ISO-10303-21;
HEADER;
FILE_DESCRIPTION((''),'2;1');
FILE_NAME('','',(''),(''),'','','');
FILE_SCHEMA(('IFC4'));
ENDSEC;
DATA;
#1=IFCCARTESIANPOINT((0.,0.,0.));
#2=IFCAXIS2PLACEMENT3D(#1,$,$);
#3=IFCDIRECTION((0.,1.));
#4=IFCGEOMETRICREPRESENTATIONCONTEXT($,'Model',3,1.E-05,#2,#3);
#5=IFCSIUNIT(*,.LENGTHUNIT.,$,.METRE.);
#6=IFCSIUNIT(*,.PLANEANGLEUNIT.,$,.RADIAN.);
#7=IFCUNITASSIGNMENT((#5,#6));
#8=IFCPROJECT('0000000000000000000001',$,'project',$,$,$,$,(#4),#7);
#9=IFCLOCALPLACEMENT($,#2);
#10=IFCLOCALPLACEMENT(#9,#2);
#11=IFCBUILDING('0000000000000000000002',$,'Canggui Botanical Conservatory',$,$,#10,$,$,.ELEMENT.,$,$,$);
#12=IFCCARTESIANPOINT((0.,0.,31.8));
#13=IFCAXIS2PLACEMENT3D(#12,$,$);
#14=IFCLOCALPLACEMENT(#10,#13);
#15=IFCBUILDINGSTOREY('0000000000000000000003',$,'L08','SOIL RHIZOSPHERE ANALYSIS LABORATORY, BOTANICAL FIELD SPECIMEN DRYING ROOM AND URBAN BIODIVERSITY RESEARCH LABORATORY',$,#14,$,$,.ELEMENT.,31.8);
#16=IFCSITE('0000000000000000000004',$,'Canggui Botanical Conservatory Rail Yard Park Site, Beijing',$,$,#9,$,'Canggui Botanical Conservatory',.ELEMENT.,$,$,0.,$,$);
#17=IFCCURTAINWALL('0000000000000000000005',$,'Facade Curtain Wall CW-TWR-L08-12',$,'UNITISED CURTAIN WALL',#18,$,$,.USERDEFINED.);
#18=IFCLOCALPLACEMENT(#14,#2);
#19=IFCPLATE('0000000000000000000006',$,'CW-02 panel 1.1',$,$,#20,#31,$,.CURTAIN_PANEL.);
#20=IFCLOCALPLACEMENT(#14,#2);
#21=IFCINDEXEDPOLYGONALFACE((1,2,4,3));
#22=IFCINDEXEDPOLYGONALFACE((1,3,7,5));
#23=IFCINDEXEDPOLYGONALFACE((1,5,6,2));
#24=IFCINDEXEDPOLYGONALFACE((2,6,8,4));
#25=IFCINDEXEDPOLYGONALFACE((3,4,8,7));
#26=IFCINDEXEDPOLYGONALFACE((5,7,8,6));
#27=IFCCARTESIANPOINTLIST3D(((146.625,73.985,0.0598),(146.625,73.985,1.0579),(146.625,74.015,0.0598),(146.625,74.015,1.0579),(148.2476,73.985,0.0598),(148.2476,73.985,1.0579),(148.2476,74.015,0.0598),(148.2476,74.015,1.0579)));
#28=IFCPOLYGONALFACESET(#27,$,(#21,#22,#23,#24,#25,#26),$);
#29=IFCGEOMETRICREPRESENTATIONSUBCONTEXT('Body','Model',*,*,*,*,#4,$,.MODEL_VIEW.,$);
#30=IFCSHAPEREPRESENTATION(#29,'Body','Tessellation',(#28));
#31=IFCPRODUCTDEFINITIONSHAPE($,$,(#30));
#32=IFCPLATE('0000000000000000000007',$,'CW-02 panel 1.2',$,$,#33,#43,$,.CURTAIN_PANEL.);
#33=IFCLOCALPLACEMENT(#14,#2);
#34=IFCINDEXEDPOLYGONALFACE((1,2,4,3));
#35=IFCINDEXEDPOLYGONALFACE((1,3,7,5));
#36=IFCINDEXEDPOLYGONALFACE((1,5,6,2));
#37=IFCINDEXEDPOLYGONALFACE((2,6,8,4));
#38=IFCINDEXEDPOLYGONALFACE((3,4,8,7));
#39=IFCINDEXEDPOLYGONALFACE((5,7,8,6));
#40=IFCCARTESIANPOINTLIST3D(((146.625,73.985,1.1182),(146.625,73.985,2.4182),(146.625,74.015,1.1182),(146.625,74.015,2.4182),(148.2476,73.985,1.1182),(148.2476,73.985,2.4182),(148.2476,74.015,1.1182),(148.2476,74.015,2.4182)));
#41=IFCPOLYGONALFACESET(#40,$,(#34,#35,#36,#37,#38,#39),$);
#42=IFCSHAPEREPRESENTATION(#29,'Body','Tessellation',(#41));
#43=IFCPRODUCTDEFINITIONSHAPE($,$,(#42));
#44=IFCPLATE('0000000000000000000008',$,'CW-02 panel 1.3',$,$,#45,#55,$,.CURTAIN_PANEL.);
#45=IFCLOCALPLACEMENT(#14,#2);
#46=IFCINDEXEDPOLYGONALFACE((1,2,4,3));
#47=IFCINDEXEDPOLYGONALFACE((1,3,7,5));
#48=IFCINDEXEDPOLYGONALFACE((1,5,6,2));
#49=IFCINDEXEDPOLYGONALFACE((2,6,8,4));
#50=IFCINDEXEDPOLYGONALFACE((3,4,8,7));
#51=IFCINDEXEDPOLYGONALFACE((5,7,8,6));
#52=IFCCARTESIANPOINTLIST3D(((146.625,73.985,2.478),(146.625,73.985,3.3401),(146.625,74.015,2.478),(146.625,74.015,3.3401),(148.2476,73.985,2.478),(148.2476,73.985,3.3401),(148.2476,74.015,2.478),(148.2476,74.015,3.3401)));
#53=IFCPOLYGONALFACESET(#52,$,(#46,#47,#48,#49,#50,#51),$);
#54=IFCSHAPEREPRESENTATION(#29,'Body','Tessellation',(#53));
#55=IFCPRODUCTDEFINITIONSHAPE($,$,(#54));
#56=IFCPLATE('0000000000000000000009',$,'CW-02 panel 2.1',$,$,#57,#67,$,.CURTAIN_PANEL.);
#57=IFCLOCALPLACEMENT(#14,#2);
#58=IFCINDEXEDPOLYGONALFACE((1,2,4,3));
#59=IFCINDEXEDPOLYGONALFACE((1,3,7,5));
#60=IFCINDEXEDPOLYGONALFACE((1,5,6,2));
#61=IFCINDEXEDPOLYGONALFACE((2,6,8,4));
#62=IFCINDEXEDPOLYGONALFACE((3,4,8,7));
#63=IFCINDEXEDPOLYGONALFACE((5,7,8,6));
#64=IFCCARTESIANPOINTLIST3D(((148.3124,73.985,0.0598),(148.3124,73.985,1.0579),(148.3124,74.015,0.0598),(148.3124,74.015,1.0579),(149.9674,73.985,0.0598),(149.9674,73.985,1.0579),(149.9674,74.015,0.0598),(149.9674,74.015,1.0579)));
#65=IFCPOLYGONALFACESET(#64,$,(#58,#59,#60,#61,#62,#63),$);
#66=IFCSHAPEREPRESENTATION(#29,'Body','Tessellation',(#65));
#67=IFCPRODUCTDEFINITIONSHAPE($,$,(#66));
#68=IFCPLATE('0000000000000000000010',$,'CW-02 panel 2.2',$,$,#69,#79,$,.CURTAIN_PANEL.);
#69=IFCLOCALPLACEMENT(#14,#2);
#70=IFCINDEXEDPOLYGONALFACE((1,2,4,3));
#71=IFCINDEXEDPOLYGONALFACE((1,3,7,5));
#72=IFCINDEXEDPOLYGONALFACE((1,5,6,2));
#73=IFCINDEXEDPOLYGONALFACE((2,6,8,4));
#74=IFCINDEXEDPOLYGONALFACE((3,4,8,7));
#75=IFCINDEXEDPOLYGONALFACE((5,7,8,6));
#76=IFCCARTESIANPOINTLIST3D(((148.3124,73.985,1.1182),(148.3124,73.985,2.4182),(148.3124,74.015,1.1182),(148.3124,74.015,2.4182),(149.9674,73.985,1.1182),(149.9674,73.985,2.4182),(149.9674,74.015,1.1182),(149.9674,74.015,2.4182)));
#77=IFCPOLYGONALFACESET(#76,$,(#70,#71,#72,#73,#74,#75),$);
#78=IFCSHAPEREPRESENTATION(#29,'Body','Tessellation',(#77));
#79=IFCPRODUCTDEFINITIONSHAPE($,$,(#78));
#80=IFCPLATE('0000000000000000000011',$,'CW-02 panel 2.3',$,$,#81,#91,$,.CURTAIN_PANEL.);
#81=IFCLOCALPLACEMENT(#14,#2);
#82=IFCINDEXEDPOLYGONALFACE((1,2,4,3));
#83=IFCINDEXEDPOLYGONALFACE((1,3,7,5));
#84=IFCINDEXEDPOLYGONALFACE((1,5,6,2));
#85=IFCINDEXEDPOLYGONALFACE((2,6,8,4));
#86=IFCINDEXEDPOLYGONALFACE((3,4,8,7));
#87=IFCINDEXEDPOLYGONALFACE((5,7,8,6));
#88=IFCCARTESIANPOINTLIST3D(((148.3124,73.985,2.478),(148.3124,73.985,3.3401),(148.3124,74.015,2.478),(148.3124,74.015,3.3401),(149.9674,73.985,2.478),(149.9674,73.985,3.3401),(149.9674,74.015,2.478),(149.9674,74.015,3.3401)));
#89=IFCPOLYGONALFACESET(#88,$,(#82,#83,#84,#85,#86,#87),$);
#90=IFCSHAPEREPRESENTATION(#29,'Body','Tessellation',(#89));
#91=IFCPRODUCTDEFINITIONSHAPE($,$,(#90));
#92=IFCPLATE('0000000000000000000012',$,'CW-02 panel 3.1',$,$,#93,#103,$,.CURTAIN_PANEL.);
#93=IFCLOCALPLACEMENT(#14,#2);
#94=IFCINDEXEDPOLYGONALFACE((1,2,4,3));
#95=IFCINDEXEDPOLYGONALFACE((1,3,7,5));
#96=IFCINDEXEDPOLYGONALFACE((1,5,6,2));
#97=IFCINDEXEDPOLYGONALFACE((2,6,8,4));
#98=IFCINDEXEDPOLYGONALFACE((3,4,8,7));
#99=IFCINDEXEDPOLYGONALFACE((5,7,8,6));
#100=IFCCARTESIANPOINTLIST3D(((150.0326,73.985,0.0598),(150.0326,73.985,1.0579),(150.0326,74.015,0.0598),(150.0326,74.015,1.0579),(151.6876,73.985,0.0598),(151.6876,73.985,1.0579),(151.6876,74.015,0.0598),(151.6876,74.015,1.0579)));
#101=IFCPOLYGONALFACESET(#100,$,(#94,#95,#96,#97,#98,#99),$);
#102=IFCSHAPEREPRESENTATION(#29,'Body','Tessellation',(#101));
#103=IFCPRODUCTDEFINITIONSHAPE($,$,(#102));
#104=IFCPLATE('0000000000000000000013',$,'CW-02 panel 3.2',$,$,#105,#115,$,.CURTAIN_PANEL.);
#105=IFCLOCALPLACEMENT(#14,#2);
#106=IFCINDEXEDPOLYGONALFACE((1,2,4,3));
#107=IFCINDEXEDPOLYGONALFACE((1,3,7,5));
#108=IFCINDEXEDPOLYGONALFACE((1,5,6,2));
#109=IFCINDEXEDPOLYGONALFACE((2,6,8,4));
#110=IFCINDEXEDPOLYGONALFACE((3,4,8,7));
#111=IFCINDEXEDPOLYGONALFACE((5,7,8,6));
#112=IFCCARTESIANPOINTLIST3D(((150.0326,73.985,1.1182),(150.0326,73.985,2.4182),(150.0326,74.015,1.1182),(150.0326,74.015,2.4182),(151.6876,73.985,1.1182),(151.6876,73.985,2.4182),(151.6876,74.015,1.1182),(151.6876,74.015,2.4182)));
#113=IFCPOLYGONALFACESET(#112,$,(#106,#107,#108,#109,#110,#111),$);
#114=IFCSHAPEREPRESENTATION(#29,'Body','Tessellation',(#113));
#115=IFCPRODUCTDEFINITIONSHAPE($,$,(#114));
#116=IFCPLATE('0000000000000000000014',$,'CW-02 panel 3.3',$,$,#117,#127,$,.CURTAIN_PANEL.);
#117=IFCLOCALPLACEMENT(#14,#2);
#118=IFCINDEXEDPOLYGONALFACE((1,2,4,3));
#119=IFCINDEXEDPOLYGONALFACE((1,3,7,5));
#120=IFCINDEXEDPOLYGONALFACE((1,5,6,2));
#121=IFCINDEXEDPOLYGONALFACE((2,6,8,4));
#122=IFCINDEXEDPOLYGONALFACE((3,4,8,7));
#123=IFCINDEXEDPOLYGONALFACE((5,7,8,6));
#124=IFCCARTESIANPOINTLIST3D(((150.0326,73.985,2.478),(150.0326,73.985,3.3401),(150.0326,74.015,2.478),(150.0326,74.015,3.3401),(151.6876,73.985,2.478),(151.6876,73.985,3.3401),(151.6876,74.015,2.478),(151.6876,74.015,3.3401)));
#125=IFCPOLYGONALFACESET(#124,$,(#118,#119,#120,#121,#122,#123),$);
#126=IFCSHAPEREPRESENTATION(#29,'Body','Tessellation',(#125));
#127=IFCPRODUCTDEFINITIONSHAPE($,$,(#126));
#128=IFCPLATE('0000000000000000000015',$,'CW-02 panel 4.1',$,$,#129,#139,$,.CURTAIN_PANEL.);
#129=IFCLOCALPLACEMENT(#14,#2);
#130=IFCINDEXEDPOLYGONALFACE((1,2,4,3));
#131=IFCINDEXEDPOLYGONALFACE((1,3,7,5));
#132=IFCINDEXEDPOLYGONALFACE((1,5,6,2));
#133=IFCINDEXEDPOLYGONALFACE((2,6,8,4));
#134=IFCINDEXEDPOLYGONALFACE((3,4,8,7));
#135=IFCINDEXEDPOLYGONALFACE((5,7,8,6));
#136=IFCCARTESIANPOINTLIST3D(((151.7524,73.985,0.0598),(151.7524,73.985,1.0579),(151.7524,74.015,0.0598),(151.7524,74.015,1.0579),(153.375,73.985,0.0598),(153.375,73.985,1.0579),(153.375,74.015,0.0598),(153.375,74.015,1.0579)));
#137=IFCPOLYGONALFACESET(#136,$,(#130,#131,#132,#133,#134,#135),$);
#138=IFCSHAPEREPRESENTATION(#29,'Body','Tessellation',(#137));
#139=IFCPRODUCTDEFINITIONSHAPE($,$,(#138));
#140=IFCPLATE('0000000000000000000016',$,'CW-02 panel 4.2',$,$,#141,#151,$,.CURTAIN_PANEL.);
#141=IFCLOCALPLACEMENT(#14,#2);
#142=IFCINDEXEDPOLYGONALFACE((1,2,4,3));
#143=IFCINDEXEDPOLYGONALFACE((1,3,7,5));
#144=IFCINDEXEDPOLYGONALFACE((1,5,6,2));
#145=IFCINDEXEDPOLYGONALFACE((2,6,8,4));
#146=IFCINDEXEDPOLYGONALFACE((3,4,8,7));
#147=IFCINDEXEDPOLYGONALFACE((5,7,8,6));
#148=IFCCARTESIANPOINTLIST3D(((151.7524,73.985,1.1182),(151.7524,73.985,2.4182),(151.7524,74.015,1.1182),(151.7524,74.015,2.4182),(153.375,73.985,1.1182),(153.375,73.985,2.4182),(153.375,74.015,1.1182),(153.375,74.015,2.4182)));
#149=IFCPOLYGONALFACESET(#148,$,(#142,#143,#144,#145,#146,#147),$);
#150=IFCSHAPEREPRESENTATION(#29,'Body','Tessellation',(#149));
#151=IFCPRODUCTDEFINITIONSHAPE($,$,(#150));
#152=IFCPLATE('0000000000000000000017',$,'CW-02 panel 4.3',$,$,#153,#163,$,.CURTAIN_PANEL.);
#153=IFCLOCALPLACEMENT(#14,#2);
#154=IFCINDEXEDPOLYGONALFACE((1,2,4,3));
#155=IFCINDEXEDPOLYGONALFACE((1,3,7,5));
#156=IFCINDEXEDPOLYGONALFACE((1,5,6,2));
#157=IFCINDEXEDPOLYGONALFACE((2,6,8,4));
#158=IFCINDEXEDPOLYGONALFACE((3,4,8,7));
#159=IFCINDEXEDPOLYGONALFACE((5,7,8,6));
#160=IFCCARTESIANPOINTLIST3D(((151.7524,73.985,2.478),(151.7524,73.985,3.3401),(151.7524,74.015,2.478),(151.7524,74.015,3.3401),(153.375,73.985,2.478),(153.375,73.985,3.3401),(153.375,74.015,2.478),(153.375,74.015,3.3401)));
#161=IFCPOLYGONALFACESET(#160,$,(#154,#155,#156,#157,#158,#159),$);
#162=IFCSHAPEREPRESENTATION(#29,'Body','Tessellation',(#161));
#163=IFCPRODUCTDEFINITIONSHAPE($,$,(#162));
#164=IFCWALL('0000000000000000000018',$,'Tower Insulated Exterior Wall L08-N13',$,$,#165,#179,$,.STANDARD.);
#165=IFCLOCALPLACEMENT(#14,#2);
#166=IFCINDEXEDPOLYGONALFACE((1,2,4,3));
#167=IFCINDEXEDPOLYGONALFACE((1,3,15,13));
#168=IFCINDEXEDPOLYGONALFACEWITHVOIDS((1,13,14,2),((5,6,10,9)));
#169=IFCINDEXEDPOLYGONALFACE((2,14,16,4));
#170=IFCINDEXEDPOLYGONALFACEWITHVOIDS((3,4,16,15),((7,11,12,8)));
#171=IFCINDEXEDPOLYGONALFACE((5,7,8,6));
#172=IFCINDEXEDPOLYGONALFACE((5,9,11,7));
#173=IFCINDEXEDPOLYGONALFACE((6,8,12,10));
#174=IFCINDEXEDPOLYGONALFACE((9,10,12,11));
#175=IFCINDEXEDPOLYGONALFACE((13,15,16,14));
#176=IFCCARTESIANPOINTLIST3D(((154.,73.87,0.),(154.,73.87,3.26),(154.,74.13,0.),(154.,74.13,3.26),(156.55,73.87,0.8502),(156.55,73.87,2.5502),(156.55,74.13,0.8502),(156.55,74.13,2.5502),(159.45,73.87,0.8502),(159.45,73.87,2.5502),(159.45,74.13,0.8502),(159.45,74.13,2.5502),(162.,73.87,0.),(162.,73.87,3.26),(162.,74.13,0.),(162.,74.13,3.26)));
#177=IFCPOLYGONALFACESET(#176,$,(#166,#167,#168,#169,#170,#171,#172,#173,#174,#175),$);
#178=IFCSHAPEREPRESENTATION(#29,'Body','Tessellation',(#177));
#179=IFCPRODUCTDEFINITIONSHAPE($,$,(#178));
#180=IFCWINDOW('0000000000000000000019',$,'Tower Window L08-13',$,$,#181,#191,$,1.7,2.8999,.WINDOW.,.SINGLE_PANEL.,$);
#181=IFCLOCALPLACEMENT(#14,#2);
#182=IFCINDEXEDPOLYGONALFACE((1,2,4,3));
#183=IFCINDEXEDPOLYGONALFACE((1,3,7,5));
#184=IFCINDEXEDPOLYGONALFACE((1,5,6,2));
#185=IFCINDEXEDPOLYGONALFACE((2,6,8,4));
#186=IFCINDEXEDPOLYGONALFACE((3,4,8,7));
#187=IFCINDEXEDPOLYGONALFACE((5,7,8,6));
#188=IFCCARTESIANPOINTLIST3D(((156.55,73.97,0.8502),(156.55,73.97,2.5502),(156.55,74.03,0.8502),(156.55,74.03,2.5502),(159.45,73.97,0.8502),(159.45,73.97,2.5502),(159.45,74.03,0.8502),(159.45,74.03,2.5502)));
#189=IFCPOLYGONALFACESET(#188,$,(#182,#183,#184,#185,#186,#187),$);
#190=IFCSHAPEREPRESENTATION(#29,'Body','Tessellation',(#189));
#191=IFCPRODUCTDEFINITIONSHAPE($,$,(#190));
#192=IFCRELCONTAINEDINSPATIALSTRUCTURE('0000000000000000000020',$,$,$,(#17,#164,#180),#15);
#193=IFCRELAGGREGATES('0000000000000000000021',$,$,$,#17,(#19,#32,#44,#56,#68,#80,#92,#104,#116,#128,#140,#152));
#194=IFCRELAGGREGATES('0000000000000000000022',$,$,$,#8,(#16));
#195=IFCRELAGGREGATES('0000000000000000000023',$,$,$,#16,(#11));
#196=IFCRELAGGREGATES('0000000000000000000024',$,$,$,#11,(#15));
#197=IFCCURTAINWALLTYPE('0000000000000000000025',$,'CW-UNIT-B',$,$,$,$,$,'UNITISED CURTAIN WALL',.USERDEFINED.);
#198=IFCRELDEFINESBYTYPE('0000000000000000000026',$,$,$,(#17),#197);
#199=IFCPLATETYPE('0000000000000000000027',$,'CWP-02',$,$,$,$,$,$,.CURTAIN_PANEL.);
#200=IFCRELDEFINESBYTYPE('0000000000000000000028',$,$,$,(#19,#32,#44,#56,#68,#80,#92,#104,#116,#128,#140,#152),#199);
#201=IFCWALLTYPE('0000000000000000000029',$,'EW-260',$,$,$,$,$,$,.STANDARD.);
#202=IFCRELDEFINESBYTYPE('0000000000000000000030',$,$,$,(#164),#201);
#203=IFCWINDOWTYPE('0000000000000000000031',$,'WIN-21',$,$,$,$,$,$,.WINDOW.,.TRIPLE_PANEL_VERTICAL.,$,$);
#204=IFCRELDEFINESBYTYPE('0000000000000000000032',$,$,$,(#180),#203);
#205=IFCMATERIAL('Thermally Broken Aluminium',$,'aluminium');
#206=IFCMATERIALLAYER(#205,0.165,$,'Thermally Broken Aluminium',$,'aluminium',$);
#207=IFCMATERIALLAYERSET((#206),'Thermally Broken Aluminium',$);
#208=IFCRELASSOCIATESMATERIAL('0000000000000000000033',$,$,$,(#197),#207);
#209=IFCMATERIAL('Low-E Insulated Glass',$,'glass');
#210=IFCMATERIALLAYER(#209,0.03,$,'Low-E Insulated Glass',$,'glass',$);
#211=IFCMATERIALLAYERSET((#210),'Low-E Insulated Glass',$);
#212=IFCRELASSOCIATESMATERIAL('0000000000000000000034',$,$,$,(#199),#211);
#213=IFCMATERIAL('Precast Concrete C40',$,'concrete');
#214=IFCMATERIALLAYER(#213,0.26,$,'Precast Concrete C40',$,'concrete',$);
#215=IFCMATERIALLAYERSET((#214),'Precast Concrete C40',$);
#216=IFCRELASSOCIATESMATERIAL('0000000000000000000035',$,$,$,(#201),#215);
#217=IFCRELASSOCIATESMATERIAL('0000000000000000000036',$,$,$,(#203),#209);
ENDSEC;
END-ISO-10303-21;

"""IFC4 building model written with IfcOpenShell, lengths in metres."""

from ifc_helpers import new_model, si_unit, direction, frame, frame_2d, origin, origin_2d, place, context, subcontext, project, spatial, rectangle, extrude, material, layer, layer_set, type_object, element, fill, aggregate, save


model = new_model("IFC4")

# Units and contexts
model_context = context("Model", 3, precision=1e-05, world=origin(), true_north=direction((0.0, 1.0)))
body_context = subcontext(model_context, "Body", "Model", "MODEL_VIEW")
ifc_project = project(units=[si_unit("LENGTHUNIT", "METRE"), si_unit("PLANEANGLEUNIT", "RADIAN")], contexts=[model_context])

# Site, building, storey
site_placement = place(None, origin())
site = spatial("IfcSite", under=ifc_project, at=site_placement, Name="Canggui Botanical Conservatory Rail Yard Park Site, Beijing", LongName="Canggui Botanical Conservatory", CompositionType="ELEMENT", RefElevation=0.0)
building_placement = place(site_placement, origin())
building = spatial("IfcBuilding", under=site, at=building_placement, Name="Canggui Botanical Conservatory", CompositionType="ELEMENT")
storey_placement = place(building_placement, frame((0.0, 0.0, 31.8)))
storey = spatial("IfcBuildingStorey", under=building, at=storey_placement, Name="L08", Description="SOIL RHIZOSPHERE ANALYSIS LABORATORY, BOTANICAL FIELD SPECIMEN DRYING ROOM AND URBAN BIODIVERSITY RESEARCH LABORATORY", CompositionType="ELEMENT", Elevation=31.8)

# Curtain wall, plates
ifc_material_1 = material(Name="Thermally Broken Aluminium", Category="aluminium")
ifc_layer_1 = layer(ifc_material_1, 0.165, Name="Thermally Broken Aluminium", Category="aluminium")
ifc_layer_set_1 = layer_set([ifc_layer_1], Name="Thermally Broken Aluminium")
curtain_wall_type = type_object("IfcCurtainWallType", Name="CW-UNIT-B", ElementType="UNITISED CURTAIN WALL", PredefinedType="USERDEFINED", material=ifc_layer_set_1)
curtain_wall_placement = place(storey_placement, origin())
curtain_wall = element("IfcCurtainWall", 1, at=curtain_wall_placement, inside=storey, type_object=curtain_wall_type, Name="Facade Curtain Wall CW-TWR-L08-12", ObjectType="UNITISED CURTAIN WALL", PredefinedType="USERDEFINED")
ifc_material_2 = material(Name="Low-E Insulated Glass", Category="glass")
ifc_layer_2 = layer(ifc_material_2, 0.03, Name="Low-E Insulated Glass", Category="glass")
ifc_layer_set_2 = layer_set([ifc_layer_2], Name="Low-E Insulated Glass")
plate_type = type_object("IfcPlateType", Name="CWP-02", PredefinedType="CURTAIN_PANEL", material=ifc_layer_set_2)
plate_1_placement = place(storey_placement, frame((147.4363, 74.0, 0.0598), z_axis=(0.0, 0.0, 1.0), x_axis=(1.0, 0.0, 0.0)))
plate_1 = element("IfcPlate", 2, at=plate_1_placement, type_object=plate_type, Name="CW-02 panel 1.1", PredefinedType="CURTAIN_PANEL", context=body_context, shape_type="SweptSolid", body=[
    extrude(rectangle(XDim=1.6226, YDim=0.03, at=origin_2d()), origin(), (0.0, 0.0, 1.0), 0.998),
])
plate_2_placement = place(storey_placement, frame((147.4363, 74.0, 1.1182), z_axis=(0.0, 0.0, 1.0), x_axis=(1.0, 0.0, 0.0)))
plate_2 = element("IfcPlate", 3, at=plate_2_placement, type_object=plate_type, Name="CW-02 panel 1.2", PredefinedType="CURTAIN_PANEL", context=body_context, shape_type="SweptSolid", body=[
    extrude(rectangle(XDim=1.6226, YDim=0.03, at=origin_2d()), origin(), (0.0, 0.0, 1.0), 1.3),
])
plate_3_placement = place(storey_placement, frame((147.4363, 74.0, 2.478), z_axis=(0.0, 0.0, 1.0), x_axis=(1.0, 0.0, 0.0)))
plate_3 = element("IfcPlate", 4, at=plate_3_placement, type_object=plate_type, Name="CW-02 panel 1.3", PredefinedType="CURTAIN_PANEL", context=body_context, shape_type="SweptSolid", body=[
    extrude(rectangle(XDim=1.6226, YDim=0.03, at=origin_2d()), origin(), (0.0, 0.0, 1.0), 0.8621),
])
plate_4_placement = place(storey_placement, frame((149.1399, 74.0, 0.0598), z_axis=(0.0, 0.0, 1.0), x_axis=(1.0, 0.0, 0.0)))
plate_4 = element("IfcPlate", 5, at=plate_4_placement, type_object=plate_type, Name="CW-02 panel 2.1", PredefinedType="CURTAIN_PANEL", context=body_context, shape_type="SweptSolid", body=[
    extrude(rectangle(XDim=1.655, YDim=0.03, at=origin_2d()), origin(), (0.0, 0.0, 1.0), 0.998),
])
plate_5_placement = place(storey_placement, frame((149.1399, 74.0, 1.1182), z_axis=(0.0, 0.0, 1.0), x_axis=(1.0, 0.0, 0.0)))
plate_5 = element("IfcPlate", 6, at=plate_5_placement, type_object=plate_type, Name="CW-02 panel 2.2", PredefinedType="CURTAIN_PANEL", context=body_context, shape_type="SweptSolid", body=[
    extrude(rectangle(XDim=1.655, YDim=0.03, at=origin_2d()), origin(), (0.0, 0.0, 1.0), 1.3),
])
plate_6_placement = place(storey_placement, frame((149.1399, 74.0, 2.478), z_axis=(0.0, 0.0, 1.0), x_axis=(1.0, 0.0, 0.0)))
plate_6 = element("IfcPlate", 7, at=plate_6_placement, type_object=plate_type, Name="CW-02 panel 2.3", PredefinedType="CURTAIN_PANEL", context=body_context, shape_type="SweptSolid", body=[
    extrude(rectangle(XDim=1.655, YDim=0.03, at=origin_2d()), origin(), (0.0, 0.0, 1.0), 0.8621),
])
plate_7_placement = place(storey_placement, frame((150.8601, 74.0, 0.0598), z_axis=(0.0, 0.0, 1.0), x_axis=(1.0, 0.0, 0.0)))
plate_7 = element("IfcPlate", 8, at=plate_7_placement, type_object=plate_type, Name="CW-02 panel 3.1", PredefinedType="CURTAIN_PANEL", context=body_context, shape_type="SweptSolid", body=[
    extrude(rectangle(XDim=1.655, YDim=0.03, at=origin_2d()), origin(), (0.0, 0.0, 1.0), 0.998),
])
plate_8_placement = place(storey_placement, frame((150.8601, 74.0, 1.1182), z_axis=(0.0, 0.0, 1.0), x_axis=(1.0, 0.0, 0.0)))
plate_8 = element("IfcPlate", 9, at=plate_8_placement, type_object=plate_type, Name="CW-02 panel 3.2", PredefinedType="CURTAIN_PANEL", context=body_context, shape_type="SweptSolid", body=[
    extrude(rectangle(XDim=1.655, YDim=0.03, at=origin_2d()), origin(), (0.0, 0.0, 1.0), 1.3),
])
plate_9_placement = place(storey_placement, frame((150.8601, 74.0, 2.478), z_axis=(0.0, 0.0, 1.0), x_axis=(1.0, 0.0, 0.0)))
plate_9 = element("IfcPlate", 10, at=plate_9_placement, type_object=plate_type, Name="CW-02 panel 3.3", PredefinedType="CURTAIN_PANEL", context=body_context, shape_type="SweptSolid", body=[
    extrude(rectangle(XDim=1.655, YDim=0.03, at=origin_2d()), origin(), (0.0, 0.0, 1.0), 0.8621),
])
plate_10_placement = place(storey_placement, frame((152.5637, 74.0, 0.0598), z_axis=(0.0, 0.0, 1.0), x_axis=(1.0, 0.0, 0.0)))
plate_10 = element("IfcPlate", 11, at=plate_10_placement, type_object=plate_type, Name="CW-02 panel 4.1", PredefinedType="CURTAIN_PANEL", context=body_context, shape_type="SweptSolid", body=[
    extrude(rectangle(XDim=1.6226, YDim=0.03, at=origin_2d()), origin(), (0.0, 0.0, 1.0), 0.998),
])
plate_11_placement = place(storey_placement, frame((152.5637, 74.0, 1.1182), z_axis=(0.0, 0.0, 1.0), x_axis=(1.0, 0.0, 0.0)))
plate_11 = element("IfcPlate", 12, at=plate_11_placement, type_object=plate_type, Name="CW-02 panel 4.2", PredefinedType="CURTAIN_PANEL", context=body_context, shape_type="SweptSolid", body=[
    extrude(rectangle(XDim=1.6226, YDim=0.03, at=origin_2d()), origin(), (0.0, 0.0, 1.0), 1.3),
])
plate_12_placement = place(storey_placement, frame((152.5637, 74.0, 2.478), z_axis=(0.0, 0.0, 1.0), x_axis=(1.0, 0.0, 0.0)))
plate_12 = element("IfcPlate", 13, at=plate_12_placement, type_object=plate_type, Name="CW-02 panel 4.3", PredefinedType="CURTAIN_PANEL", context=body_context, shape_type="SweptSolid", body=[
    extrude(rectangle(XDim=1.6226, YDim=0.03, at=origin_2d()), origin(), (0.0, 0.0, 1.0), 0.8621),
])
aggregate(curtain_wall, [plate_1, plate_2, plate_3, plate_4, plate_5, plate_6, plate_7, plate_8, plate_9, plate_10, plate_11, plate_12])

# Wall, opening, window
ifc_material_3 = material(Name="Precast Concrete C40", Category="concrete")
ifc_layer_3 = layer(ifc_material_3, 0.26, Name="Precast Concrete C40", Category="concrete")
ifc_layer_set_3 = layer_set([ifc_layer_3], Name="Precast Concrete C40")
wall_type = type_object("IfcWallType", Name="EW-260", PredefinedType="STANDARD", material=ifc_layer_set_3)
wall_placement = place(storey_placement, frame((154.0, 74.0, 0.0), z_axis=(0.0, 0.0, 1.0), x_axis=(1.0, 0.0, 0.0)))
wall = element("IfcWall", 14, at=wall_placement, inside=storey, type_object=wall_type, Name="Tower Insulated Exterior Wall L08-N13", PredefinedType="STANDARD", context=body_context, shape_type="SweptSolid", body=[
    extrude(rectangle(XDim=8.0, YDim=0.26, at=frame_2d((4.0, 0.0))), origin(), (0.0, 0.0, 1.0), 3.26),
])
opening_placement = place(wall_placement, frame((2.55, 0.0, 0.8501)))
opening = element("IfcOpeningElement", 15, at=opening_placement, cuts=wall, PredefinedType="OPENING", context=body_context, shape_type="SweptSolid", body=[
    extrude(rectangle(XDim=2.8999, YDim=1.7, at=frame_2d((1.45, 0.8501))), frame((0.0, 0.1401, 0.0), z_axis=(0.0, -1.0, 0.0), x_axis=(1.0, 0.0, 0.0)), (0.0, 0.0, 1.0), 0.28),
])
window_type = type_object("IfcWindowType", Name="WIN-21", PartitioningType="TRIPLE_PANEL_VERTICAL", PredefinedType="WINDOW", material=ifc_material_2)
window_placement = place(opening_placement, origin())
window = element("IfcWindow", 16, at=window_placement, inside=storey, type_object=window_type, Name="Tower Window L08-13", OverallHeight=1.7, OverallWidth=2.8999, PartitioningType="SINGLE_PANEL", PredefinedType="WINDOW", context=body_context, shape_type="SweptSolid", body=[
    extrude(rectangle(XDim=2.8999, YDim=1.7, at=frame_2d((1.45, 0.8501))), frame((0.0, 0.03, 0.0), z_axis=(0.0, -1.0, 0.0), x_axis=(1.0, 0.0, 0.0)), (0.0, 0.0, 1.0), 0.0601),
])
fill(opening, window)

save(model, "model.ifc")
